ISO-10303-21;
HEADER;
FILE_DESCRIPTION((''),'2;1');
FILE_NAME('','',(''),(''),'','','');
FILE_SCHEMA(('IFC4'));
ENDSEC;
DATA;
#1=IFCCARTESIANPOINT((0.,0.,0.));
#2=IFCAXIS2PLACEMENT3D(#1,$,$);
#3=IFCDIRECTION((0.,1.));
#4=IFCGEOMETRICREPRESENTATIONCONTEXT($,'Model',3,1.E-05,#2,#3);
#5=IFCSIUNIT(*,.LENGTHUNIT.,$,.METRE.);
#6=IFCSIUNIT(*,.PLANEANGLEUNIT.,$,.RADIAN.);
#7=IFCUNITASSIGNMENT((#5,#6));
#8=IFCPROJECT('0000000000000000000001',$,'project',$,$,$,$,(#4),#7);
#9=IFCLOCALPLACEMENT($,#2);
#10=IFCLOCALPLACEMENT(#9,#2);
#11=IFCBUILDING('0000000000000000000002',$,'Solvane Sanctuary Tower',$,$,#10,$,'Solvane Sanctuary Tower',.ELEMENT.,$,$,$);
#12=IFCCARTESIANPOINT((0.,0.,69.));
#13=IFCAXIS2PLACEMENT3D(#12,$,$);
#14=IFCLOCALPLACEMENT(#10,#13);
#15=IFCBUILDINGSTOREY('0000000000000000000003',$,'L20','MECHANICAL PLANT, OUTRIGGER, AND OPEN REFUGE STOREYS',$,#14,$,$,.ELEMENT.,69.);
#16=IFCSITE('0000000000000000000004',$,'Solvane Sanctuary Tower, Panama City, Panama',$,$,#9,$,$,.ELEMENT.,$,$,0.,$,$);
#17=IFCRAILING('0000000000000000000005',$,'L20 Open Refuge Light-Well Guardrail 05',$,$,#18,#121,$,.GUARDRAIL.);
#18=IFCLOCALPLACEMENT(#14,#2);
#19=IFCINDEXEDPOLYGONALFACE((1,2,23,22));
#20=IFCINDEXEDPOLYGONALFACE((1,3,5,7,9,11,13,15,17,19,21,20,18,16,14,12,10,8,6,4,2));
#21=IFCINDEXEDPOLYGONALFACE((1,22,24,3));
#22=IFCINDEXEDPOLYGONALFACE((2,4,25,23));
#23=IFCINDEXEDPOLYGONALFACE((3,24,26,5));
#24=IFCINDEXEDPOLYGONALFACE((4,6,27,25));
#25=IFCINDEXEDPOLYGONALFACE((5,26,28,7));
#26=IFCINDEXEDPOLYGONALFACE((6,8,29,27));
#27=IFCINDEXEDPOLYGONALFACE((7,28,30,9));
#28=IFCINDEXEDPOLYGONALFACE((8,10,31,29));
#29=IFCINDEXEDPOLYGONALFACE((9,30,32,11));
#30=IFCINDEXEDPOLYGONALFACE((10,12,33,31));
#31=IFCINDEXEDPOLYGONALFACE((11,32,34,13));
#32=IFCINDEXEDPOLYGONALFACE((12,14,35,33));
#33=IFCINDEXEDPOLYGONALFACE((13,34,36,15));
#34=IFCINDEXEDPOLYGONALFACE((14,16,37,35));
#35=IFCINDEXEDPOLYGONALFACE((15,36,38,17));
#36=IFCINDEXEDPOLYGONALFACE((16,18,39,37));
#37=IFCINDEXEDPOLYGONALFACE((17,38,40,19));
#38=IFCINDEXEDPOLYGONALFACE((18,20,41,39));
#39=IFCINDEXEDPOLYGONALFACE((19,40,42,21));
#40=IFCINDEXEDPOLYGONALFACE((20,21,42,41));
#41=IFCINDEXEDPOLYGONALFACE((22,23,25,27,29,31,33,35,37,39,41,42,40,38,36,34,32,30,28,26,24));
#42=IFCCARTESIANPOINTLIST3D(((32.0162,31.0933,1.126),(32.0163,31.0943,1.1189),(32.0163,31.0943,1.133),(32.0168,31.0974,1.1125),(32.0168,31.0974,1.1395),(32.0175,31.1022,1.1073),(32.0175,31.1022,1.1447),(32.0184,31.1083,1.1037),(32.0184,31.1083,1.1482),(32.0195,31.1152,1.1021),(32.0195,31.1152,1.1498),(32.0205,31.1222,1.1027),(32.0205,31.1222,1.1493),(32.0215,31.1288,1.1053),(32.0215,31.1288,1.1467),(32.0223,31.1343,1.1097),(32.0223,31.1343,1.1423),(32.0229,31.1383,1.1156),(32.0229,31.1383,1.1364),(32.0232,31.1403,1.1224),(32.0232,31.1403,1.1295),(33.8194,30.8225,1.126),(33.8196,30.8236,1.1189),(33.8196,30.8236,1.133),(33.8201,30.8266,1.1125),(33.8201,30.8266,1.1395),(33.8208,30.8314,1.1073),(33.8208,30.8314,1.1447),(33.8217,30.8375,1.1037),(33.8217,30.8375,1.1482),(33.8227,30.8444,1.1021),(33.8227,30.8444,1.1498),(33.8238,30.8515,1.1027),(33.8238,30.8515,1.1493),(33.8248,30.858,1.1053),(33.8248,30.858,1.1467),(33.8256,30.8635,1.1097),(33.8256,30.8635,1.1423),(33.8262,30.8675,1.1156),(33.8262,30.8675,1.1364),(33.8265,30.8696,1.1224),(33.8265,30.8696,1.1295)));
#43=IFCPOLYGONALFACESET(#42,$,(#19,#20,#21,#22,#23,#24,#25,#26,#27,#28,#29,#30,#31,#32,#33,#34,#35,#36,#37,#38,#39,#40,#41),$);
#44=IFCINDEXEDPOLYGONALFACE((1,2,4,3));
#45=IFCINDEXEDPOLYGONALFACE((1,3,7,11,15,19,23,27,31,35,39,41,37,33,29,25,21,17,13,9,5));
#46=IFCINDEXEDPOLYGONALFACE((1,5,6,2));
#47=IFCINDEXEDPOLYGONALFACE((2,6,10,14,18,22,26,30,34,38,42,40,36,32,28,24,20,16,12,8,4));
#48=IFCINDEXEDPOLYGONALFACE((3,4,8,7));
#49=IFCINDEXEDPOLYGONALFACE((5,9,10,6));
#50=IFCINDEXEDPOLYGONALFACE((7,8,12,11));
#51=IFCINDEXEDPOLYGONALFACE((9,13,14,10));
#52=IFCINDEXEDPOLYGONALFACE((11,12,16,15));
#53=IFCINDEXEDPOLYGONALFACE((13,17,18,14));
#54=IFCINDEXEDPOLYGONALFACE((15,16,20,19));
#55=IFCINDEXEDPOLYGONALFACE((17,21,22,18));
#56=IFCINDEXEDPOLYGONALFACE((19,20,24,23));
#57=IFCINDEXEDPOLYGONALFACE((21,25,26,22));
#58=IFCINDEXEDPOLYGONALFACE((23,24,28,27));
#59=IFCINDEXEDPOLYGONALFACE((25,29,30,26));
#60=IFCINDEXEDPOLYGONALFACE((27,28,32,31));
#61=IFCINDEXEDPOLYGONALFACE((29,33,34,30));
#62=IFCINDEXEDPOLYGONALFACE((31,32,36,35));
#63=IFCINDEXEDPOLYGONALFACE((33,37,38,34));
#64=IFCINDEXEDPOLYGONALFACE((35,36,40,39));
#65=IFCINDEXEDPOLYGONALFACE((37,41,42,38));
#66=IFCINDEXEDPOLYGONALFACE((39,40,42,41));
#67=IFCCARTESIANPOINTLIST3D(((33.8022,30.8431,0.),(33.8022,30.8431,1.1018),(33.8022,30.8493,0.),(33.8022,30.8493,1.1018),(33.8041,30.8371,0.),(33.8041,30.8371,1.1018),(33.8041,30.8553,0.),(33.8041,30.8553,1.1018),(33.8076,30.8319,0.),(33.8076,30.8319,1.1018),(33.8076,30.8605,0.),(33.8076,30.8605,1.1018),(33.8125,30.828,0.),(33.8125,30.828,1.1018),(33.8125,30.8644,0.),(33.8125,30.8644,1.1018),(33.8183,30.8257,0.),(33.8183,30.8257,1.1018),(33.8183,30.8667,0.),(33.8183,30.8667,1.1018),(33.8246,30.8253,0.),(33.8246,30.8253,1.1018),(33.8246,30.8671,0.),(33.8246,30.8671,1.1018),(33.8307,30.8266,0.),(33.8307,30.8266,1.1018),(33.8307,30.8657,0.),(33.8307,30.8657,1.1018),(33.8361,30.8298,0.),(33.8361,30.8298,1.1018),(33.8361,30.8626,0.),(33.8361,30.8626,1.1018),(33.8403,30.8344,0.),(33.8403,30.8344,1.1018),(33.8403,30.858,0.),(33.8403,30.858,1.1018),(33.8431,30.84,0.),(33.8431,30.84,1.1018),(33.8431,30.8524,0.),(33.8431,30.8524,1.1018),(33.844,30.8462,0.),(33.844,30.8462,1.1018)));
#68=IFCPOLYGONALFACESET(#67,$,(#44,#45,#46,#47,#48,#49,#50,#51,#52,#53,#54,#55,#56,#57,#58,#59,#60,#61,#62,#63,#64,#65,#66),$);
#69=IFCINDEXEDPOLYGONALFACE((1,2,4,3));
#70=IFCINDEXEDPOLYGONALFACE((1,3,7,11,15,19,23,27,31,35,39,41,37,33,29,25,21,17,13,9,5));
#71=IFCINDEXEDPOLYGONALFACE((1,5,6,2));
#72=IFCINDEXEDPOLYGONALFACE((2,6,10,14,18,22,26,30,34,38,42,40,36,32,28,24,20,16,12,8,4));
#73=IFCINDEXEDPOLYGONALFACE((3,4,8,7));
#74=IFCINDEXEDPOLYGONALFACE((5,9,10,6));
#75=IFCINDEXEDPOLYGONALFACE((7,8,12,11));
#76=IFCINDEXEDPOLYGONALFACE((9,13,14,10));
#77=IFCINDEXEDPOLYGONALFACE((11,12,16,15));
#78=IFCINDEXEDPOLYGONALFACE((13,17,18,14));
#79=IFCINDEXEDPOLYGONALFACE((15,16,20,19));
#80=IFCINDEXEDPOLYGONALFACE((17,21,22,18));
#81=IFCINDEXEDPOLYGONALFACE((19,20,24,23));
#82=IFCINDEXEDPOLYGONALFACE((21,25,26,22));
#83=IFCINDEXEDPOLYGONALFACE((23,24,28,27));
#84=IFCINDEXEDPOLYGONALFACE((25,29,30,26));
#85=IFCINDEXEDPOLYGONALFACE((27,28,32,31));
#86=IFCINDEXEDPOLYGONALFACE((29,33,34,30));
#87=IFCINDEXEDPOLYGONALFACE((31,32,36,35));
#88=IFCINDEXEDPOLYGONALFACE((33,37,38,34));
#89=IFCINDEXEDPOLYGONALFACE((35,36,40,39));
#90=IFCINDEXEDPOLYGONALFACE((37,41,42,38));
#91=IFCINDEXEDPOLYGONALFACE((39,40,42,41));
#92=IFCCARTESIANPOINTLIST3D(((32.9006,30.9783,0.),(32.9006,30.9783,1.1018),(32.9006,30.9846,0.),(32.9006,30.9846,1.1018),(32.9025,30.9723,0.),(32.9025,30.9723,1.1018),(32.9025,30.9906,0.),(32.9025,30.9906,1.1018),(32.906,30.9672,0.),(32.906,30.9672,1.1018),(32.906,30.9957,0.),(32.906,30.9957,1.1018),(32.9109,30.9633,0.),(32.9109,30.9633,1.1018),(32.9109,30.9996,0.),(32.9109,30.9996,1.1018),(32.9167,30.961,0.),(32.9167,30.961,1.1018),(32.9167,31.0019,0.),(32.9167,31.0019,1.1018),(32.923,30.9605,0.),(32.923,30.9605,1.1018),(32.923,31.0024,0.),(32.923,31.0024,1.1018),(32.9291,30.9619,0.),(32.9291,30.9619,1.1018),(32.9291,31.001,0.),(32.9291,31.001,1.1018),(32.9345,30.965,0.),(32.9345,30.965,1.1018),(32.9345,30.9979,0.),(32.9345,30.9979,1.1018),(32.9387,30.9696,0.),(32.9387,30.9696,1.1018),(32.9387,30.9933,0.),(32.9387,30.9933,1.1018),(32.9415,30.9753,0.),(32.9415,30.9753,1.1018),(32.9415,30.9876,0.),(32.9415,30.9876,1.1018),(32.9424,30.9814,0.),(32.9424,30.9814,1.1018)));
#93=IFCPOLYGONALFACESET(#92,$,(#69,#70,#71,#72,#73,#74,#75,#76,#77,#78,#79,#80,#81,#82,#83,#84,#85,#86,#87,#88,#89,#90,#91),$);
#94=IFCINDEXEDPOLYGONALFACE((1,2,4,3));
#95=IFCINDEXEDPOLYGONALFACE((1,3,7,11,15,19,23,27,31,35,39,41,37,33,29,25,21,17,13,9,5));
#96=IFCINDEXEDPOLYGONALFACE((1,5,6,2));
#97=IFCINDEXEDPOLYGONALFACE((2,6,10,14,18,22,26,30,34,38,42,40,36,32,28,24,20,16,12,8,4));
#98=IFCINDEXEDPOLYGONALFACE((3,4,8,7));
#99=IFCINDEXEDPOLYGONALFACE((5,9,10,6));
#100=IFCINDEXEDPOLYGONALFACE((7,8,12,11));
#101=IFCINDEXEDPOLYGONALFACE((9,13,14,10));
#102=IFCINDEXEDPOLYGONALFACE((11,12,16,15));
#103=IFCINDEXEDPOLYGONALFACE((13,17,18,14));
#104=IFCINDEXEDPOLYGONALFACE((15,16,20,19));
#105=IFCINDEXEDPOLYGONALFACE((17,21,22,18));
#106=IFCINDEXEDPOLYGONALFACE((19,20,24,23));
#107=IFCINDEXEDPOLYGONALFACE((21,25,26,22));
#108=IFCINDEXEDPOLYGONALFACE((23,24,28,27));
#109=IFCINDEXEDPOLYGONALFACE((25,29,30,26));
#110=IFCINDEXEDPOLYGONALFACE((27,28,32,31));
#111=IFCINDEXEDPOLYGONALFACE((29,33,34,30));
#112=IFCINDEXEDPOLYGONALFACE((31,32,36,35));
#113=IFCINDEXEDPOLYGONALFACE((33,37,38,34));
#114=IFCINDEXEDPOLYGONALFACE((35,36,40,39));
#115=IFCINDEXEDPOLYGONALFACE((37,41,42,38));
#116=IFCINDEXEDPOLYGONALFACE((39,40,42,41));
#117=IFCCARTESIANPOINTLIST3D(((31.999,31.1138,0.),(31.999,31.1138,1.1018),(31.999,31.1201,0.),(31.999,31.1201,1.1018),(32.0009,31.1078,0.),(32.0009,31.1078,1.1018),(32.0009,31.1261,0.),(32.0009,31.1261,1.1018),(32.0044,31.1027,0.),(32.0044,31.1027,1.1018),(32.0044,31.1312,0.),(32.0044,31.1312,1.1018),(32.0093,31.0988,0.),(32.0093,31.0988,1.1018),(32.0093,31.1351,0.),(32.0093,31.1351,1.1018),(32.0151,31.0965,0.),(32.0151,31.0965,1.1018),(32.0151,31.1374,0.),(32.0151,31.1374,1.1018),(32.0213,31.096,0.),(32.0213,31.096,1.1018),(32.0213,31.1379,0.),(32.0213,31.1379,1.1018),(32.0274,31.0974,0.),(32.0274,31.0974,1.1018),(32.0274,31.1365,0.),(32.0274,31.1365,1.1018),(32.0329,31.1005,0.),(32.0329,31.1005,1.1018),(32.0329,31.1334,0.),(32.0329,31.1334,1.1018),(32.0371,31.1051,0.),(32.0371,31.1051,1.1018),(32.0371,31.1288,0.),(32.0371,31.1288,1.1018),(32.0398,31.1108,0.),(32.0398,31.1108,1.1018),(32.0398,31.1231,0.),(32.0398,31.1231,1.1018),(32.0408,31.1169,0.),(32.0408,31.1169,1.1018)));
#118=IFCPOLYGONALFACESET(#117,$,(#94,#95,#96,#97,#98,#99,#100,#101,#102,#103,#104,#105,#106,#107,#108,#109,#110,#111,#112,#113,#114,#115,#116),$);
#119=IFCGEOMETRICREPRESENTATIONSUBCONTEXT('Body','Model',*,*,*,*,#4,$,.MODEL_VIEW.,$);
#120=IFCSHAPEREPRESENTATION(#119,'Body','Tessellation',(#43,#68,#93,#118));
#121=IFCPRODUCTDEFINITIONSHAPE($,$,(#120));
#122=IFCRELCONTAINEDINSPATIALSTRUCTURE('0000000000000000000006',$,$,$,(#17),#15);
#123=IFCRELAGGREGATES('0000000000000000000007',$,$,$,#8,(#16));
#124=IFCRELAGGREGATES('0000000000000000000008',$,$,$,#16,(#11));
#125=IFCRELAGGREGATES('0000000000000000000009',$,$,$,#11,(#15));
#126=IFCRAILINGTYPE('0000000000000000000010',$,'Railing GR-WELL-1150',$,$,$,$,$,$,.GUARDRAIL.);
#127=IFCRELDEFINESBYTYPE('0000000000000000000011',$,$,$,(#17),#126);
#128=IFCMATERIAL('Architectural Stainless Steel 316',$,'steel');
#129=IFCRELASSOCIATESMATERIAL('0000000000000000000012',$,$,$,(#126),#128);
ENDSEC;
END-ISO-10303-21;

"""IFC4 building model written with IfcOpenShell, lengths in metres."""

from ifc_helpers import new_model, si_unit, direction, frame, origin, origin_2d, place, context, subcontext, project, spatial, circle, extrude, material, type_object, element, save


model = new_model("IFC4")

# Units and contexts
model_context = context("Model", 3, precision=1e-05, world=origin(), true_north=direction((0.0, 1.0)))
body_context = subcontext(model_context, "Body", "Model", "MODEL_VIEW")
ifc_project = project(units=[si_unit("LENGTHUNIT", "METRE"), si_unit("PLANEANGLEUNIT", "RADIAN")], contexts=[model_context])

# Site, building, storey
site_placement = place(None, origin())
site = spatial("IfcSite", under=ifc_project, at=site_placement, Name="Solvane Sanctuary Tower, Panama City, Panama", CompositionType="ELEMENT", RefElevation=0.0)
building_placement = place(site_placement, origin())
building = spatial("IfcBuilding", under=site, at=building_placement, Name="Solvane Sanctuary Tower", LongName="Solvane Sanctuary Tower", CompositionType="ELEMENT")
storey_placement = place(building_placement, frame((0.0, 0.0, 69.0)))
storey = spatial("IfcBuildingStorey", under=building, at=storey_placement, Name="L20", Description="MECHANICAL PLANT, OUTRIGGER, AND OPEN REFUGE STOREYS", CompositionType="ELEMENT", Elevation=69.0)

# Shared definitions
ifc_material_1 = material(Name="Architectural Stainless Steel 316", Category="steel")

# Railing
railing_type_1 = type_object("IfcRailingType", Name="Railing GR-WELL-1150", PredefinedType="GUARDRAIL", material=ifc_material_1)
railing_1_placement = place(storey_placement, frame((33.823, 30.8462, 0.0)))
element("IfcRailing", 1, at=railing_1_placement, inside=storey, type_object=railing_type_1, Name="L20 Open Refuge Light-Well Guardrail 05", PredefinedType="GUARDRAIL", context=body_context, shape_type="SweptSolid", body=[
    extrude(circle(Radius=0.0239, at=origin_2d()), frame((0.0, 0.0, 1.126), z_axis=(-0.988915, 0.148484, 0.0), x_axis=(-0.148484, -0.988915, 0.0)), (0.0, 0.0, 1.0), 1.8235),
    extrude(circle(Radius=0.021, at=origin_2d()), origin(), (0.0, 0.0, 1.0), 1.1018),
    extrude(circle(Radius=0.021, at=origin_2d()), frame((-0.9016, 0.1353, 0.0)), (0.0, 0.0, 1.0), 1.1018),
    extrude(circle(Radius=0.021, at=origin_2d()), frame((-1.8032, 0.2708, 0.0)), (0.0, 0.0, 1.0), 1.1018),
])

save(model, "model.ifc")
